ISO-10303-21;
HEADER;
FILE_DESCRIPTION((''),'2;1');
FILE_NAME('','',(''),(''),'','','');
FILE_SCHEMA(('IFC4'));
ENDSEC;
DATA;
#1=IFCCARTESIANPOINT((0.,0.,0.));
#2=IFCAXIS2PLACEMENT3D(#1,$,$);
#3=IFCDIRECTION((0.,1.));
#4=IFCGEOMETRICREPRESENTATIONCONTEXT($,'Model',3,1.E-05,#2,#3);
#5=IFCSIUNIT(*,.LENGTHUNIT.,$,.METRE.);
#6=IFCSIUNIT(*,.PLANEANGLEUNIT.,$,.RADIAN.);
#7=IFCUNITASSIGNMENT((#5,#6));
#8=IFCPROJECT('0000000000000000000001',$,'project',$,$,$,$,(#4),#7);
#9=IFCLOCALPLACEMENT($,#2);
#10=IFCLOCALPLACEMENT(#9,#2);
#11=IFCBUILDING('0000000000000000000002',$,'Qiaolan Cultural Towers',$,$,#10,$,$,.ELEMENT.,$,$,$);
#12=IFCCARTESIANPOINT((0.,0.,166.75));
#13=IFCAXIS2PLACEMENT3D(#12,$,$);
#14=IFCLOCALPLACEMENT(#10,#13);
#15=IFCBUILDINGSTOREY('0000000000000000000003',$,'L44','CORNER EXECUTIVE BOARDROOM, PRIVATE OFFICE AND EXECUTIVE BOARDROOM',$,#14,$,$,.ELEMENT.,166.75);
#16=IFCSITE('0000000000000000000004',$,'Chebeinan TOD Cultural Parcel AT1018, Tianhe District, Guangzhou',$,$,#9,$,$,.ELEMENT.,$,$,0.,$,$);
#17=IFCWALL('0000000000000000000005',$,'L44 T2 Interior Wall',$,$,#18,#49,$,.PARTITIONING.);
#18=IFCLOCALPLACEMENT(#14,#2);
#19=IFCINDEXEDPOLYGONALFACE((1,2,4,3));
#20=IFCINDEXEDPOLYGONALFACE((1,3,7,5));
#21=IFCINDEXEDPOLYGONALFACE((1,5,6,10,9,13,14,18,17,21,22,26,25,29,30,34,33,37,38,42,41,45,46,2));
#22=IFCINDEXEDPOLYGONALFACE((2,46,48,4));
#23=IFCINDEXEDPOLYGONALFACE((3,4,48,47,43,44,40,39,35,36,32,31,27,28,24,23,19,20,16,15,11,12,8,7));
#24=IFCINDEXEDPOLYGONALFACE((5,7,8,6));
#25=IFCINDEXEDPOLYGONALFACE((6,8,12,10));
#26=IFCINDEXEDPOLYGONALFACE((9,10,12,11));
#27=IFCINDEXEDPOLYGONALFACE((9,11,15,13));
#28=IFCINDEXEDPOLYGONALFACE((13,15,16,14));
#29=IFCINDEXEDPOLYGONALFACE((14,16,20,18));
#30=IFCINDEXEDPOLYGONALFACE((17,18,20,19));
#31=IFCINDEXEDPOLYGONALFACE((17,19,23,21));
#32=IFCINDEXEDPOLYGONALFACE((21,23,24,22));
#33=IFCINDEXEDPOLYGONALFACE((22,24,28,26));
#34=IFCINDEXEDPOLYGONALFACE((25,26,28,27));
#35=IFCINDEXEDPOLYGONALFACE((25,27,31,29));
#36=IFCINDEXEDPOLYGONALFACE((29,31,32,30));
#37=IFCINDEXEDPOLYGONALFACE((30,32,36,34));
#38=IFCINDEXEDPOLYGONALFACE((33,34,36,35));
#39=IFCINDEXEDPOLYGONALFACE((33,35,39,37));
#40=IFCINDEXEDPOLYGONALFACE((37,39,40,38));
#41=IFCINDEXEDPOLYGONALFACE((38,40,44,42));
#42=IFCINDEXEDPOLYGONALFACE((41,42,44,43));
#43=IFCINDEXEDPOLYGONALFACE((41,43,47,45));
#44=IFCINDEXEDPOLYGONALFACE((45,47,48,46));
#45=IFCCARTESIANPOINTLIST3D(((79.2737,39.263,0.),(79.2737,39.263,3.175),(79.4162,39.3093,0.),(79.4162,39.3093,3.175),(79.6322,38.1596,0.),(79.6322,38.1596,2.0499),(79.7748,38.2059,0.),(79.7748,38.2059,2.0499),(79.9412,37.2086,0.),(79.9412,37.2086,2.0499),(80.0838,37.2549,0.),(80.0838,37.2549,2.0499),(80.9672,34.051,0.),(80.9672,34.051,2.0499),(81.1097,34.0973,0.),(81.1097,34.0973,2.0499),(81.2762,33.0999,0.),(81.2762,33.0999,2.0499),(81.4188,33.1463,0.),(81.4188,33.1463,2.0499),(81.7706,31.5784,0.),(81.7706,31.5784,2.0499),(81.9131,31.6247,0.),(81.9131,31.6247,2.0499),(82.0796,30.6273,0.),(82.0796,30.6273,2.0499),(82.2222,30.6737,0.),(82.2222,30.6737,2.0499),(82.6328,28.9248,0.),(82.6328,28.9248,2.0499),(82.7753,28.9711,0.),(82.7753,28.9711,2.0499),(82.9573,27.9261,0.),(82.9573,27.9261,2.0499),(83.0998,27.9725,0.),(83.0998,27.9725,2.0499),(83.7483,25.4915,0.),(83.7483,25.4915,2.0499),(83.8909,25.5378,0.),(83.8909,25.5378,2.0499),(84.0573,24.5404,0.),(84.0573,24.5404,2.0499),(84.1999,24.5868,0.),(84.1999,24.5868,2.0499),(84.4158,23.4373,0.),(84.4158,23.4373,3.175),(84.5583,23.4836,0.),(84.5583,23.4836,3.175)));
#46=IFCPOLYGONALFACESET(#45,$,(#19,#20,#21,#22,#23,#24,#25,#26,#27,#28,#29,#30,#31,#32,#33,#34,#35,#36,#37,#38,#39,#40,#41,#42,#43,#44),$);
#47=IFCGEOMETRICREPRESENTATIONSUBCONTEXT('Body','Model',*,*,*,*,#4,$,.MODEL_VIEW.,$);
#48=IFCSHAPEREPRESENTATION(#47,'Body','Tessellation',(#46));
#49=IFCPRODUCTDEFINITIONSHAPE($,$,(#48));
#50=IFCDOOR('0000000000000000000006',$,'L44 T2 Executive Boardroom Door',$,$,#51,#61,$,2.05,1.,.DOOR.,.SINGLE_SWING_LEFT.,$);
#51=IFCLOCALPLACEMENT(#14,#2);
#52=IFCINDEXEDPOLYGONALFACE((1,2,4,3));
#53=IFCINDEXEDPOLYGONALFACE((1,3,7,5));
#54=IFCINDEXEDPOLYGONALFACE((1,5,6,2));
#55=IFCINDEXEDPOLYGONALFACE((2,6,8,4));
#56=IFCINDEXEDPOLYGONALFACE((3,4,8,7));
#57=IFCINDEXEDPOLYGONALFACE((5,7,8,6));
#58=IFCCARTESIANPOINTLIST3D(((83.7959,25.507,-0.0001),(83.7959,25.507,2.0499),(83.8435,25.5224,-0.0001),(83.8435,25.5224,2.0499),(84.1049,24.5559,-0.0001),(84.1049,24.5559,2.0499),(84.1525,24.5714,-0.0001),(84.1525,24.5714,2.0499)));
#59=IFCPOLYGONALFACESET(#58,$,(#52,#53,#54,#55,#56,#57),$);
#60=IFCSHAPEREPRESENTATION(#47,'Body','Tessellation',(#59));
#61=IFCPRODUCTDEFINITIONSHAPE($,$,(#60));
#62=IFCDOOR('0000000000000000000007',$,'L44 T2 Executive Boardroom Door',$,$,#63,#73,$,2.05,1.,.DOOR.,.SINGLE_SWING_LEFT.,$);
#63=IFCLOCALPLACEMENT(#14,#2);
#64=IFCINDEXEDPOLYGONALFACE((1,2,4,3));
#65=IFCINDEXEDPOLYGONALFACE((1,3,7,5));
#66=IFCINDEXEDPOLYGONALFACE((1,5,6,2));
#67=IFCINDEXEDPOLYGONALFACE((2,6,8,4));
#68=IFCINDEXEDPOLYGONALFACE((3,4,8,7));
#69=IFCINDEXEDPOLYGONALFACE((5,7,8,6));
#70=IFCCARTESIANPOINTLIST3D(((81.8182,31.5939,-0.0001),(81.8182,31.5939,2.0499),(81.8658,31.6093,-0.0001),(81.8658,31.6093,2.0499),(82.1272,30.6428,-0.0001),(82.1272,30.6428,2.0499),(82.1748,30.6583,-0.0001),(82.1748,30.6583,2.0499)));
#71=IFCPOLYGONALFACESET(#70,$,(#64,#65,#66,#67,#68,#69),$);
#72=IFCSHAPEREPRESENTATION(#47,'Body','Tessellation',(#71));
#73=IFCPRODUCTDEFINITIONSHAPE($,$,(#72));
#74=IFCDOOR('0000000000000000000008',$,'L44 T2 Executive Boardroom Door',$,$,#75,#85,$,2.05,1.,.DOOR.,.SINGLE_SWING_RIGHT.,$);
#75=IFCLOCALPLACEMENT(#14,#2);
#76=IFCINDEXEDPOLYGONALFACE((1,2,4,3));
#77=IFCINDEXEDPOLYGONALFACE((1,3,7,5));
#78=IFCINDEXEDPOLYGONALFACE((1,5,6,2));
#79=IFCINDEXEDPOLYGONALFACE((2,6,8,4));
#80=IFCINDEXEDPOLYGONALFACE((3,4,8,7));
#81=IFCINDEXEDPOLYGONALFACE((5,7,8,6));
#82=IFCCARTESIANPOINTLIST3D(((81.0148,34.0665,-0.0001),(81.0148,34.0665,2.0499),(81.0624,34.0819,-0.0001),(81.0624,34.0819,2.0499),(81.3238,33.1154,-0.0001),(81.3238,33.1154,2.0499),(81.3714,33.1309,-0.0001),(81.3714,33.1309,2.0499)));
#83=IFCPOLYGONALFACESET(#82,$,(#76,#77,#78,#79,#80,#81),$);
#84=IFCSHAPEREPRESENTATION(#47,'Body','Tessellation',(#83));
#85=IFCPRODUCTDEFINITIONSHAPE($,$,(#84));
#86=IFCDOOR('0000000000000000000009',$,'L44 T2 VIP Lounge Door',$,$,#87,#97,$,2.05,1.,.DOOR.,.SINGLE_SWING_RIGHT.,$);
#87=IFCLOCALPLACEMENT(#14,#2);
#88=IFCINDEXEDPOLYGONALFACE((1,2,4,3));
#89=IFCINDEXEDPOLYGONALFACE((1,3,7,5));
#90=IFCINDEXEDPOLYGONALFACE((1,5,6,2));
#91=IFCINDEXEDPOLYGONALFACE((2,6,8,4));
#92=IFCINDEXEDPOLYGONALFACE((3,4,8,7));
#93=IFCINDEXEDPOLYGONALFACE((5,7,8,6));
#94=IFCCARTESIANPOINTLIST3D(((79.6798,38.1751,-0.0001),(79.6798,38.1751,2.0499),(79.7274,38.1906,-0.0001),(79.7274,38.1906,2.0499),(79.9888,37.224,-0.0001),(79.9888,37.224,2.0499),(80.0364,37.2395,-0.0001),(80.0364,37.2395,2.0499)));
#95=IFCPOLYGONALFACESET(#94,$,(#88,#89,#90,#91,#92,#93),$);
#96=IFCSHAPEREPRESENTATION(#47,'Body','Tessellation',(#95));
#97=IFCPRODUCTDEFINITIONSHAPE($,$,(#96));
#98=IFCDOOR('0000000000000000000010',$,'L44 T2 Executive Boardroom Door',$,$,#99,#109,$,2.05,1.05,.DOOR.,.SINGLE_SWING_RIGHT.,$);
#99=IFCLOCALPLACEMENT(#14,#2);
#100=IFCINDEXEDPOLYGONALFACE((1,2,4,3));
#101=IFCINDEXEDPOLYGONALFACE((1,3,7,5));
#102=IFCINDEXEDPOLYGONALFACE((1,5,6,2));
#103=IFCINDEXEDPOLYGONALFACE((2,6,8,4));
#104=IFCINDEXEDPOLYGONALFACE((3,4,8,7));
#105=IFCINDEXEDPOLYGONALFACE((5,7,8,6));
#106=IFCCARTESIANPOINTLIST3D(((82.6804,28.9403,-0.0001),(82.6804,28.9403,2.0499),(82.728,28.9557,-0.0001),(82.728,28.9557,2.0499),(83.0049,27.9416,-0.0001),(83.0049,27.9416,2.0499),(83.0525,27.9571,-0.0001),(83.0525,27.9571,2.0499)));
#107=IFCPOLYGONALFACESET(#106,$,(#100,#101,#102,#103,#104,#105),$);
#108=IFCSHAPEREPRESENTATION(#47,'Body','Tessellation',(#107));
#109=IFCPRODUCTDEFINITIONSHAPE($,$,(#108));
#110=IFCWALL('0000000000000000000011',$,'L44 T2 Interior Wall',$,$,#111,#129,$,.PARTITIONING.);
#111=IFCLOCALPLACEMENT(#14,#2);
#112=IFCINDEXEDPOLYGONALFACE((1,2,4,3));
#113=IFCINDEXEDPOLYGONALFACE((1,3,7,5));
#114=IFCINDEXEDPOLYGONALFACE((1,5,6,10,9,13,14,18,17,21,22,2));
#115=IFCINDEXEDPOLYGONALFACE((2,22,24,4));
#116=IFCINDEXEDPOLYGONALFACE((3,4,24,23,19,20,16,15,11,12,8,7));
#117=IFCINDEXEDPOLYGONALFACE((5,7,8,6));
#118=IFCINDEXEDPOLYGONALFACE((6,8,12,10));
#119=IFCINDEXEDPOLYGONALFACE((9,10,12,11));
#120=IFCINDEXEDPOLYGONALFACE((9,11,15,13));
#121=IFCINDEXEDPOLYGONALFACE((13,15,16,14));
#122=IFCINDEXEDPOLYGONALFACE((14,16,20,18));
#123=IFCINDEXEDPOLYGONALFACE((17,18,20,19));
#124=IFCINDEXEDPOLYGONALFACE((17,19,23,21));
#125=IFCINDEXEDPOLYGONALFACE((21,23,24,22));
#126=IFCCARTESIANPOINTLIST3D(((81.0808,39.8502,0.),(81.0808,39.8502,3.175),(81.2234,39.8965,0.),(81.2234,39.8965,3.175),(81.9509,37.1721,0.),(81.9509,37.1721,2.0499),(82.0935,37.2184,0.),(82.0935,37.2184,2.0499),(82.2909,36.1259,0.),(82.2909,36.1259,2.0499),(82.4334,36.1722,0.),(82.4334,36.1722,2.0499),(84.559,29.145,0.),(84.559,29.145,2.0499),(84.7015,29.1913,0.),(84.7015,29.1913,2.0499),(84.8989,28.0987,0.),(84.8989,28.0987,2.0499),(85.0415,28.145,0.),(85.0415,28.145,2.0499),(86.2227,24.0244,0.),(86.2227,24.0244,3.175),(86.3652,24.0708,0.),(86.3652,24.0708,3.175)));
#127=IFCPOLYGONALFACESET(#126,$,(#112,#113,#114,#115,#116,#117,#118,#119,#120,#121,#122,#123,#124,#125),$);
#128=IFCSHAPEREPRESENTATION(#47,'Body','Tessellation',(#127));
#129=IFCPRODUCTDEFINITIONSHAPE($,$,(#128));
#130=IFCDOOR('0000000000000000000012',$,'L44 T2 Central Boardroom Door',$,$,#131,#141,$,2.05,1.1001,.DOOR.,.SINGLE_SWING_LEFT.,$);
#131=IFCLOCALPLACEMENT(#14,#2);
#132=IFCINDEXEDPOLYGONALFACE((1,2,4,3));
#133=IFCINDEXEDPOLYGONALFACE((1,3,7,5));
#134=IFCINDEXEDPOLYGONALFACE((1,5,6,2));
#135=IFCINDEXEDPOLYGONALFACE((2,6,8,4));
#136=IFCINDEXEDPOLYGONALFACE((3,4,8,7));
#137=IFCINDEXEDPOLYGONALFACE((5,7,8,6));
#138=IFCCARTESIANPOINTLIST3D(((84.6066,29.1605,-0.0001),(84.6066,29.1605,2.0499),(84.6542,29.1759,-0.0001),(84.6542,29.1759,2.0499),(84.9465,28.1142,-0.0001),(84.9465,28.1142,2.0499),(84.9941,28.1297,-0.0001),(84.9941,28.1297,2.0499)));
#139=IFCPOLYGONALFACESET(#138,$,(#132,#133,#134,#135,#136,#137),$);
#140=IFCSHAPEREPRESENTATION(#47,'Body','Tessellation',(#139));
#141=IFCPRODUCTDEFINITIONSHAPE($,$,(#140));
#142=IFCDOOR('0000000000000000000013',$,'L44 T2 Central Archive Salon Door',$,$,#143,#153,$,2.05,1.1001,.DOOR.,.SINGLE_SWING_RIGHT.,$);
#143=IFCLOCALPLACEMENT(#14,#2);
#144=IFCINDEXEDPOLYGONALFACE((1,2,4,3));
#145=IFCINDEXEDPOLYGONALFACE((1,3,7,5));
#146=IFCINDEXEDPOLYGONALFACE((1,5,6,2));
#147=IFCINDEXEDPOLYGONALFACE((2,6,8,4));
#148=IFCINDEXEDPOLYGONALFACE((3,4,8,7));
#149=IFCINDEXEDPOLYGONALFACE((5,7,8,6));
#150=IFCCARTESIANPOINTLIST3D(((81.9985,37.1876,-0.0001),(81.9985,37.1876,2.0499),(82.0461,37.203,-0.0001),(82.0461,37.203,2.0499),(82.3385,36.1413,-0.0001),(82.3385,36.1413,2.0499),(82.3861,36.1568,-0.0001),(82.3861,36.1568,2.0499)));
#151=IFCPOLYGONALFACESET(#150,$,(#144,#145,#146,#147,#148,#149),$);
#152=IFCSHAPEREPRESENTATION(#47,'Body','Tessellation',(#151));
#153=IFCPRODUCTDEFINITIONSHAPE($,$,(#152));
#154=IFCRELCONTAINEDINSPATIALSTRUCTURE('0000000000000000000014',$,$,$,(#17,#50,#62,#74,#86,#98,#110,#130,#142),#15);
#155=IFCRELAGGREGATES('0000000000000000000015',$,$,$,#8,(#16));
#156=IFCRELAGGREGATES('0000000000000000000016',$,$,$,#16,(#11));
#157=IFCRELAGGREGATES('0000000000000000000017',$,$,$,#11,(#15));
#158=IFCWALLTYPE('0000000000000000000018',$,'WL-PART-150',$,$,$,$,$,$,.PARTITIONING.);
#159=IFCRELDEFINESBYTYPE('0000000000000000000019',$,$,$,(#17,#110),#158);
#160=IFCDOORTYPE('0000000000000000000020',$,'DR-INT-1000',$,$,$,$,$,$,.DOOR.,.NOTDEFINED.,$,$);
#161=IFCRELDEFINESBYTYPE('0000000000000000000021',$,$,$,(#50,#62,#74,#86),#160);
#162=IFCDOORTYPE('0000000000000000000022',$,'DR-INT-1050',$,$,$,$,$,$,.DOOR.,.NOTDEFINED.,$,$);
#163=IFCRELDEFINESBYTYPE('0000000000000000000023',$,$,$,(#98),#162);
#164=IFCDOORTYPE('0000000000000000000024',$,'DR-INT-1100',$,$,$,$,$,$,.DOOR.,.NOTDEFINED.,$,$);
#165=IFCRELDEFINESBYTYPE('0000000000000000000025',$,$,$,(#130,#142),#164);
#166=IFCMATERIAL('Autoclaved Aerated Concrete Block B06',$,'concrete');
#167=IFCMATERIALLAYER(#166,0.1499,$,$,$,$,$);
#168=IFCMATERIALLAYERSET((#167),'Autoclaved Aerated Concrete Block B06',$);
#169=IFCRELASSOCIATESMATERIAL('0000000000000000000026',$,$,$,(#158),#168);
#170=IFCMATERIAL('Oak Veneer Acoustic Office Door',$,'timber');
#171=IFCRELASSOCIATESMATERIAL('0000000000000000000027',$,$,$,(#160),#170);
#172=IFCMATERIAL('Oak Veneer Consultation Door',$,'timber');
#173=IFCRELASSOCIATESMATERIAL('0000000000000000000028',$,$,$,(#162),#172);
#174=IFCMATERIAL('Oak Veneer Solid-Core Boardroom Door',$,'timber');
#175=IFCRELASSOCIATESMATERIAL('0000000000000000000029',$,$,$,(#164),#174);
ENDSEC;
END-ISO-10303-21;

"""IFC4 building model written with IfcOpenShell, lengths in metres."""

from ifc_helpers import new_model, si_unit, direction, frame, frame_2d, origin, place, context, subcontext, project, spatial, rectangle, extrude, material, layer, layer_set, type_object, element, fill, save


model = new_model("IFC4")

# Units and contexts
model_context = context("Model", 3, precision=1e-05, world=origin(), true_north=direction((0.0, 1.0)))
body_context = subcontext(model_context, "Body", "Model", "MODEL_VIEW")
ifc_project = project(units=[si_unit("LENGTHUNIT", "METRE"), si_unit("PLANEANGLEUNIT", "RADIAN")], contexts=[model_context])

# Site, building, storey
site_placement = place(None, origin())
site = spatial("IfcSite", under=ifc_project, at=site_placement, Name="Chebeinan TOD Cultural Parcel AT1018, Tianhe District, Guangzhou", CompositionType="ELEMENT", RefElevation=0.0)
building_placement = place(site_placement, origin())
building = spatial("IfcBuilding", under=site, at=building_placement, Name="Qiaolan Cultural Towers", CompositionType="ELEMENT")
storey_placement = place(building_placement, frame((0.0, 0.0, 166.75)))
storey = spatial("IfcBuildingStorey", under=building, at=storey_placement, Name="L44", Description="CORNER EXECUTIVE BOARDROOM, PRIVATE OFFICE AND EXECUTIVE BOARDROOM", CompositionType="ELEMENT", Elevation=166.75)

# Shared definitions
ifc_material_1 = material(Name="Autoclaved Aerated Concrete Block B06", Category="concrete")
ifc_layer_1 = layer(ifc_material_1, 0.1499)
ifc_layer_set_1 = layer_set([ifc_layer_1], Name="Autoclaved Aerated Concrete Block B06")
wall_type_1 = type_object("IfcWallType", Name="WL-PART-150", PredefinedType="PARTITIONING", material=ifc_layer_set_1)

# Shared definitions
ifc_material_2 = material(Name="Oak Veneer Acoustic Office Door", Category="timber")
door_type_1 = type_object("IfcDoorType", Name="DR-INT-1000", OperationType="NOTDEFINED", PredefinedType="DOOR", material=ifc_material_2)

# Walls, openings, doors
wall_1_placement = place(storey_placement, frame((84.4871, 23.4604, 0.0), z_axis=(0.0, 0.0, 1.0), x_axis=(-0.309018, 0.951056, 0.0)))
wall_1 = element("IfcWall", 1, at=wall_1_placement, inside=storey, type_object=wall_type_1, Name="L44 T2 Interior Wall", PredefinedType="PARTITIONING", context=body_context, shape_type="SweptSolid", body=[
    extrude(rectangle(XDim=16.6401, YDim=0.1499, at=frame_2d((8.3201, 0.0))), origin(), (0.0, 0.0, 1.0), 3.175),
])
opening_1_placement = place(wall_1_placement, frame((1.1599, 0.0, 0.0)))
opening_1 = element("IfcOpeningElement", 2, at=opening_1_placement, cuts=wall_1, PredefinedType="OPENING", context=body_context, shape_type="SweptSolid", body=[
    extrude(rectangle(XDim=1.0, YDim=2.05, at=frame_2d((0.5, 1.0249))), frame((0.0, 0.085, 0.0), z_axis=(0.0, -1.0, 0.0), x_axis=(1.0, 0.0, 0.0)), (0.0, 0.0, 1.0), 0.1699),
])
opening_2_placement = place(wall_1_placement, frame((4.72, 0.0, 0.0)))
opening_2 = element("IfcOpeningElement", 3, at=opening_2_placement, cuts=wall_1, PredefinedType="OPENING", context=body_context, shape_type="SweptSolid", body=[
    extrude(rectangle(XDim=1.05, YDim=2.05, at=frame_2d((0.5249, 1.0249))), frame((0.0, 0.085, 0.0), z_axis=(0.0, -1.0, 0.0), x_axis=(1.0, 0.0, 0.0)), (0.0, 0.0, 1.0), 0.1699),
])
opening_3_placement = place(wall_1_placement, frame((7.5601, 0.0, 0.0)))
opening_3 = element("IfcOpeningElement", 4, at=opening_3_placement, cuts=wall_1, PredefinedType="OPENING", context=body_context, shape_type="SweptSolid", body=[
    extrude(rectangle(XDim=1.0, YDim=2.05, at=frame_2d((0.5, 1.0249))), frame((0.0, 0.085, 0.0), z_axis=(0.0, -1.0, 0.0), x_axis=(1.0, 0.0, 0.0)), (0.0, 0.0, 1.0), 0.1699),
])
opening_4_placement = place(wall_1_placement, frame((10.1599, 0.0, 0.0)))
opening_4 = element("IfcOpeningElement", 5, at=opening_4_placement, cuts=wall_1, PredefinedType="OPENING", context=body_context, shape_type="SweptSolid", body=[
    extrude(rectangle(XDim=1.0, YDim=2.05, at=frame_2d((0.5, 1.0249))), frame((0.0, 0.085, 0.0), z_axis=(0.0, -1.0, 0.0), x_axis=(1.0, 0.0, 0.0)), (0.0, 0.0, 1.0), 0.1699),
])
opening_5_placement = place(wall_1_placement, frame((14.48, 0.0, 0.0)))
opening_5 = element("IfcOpeningElement", 6, at=opening_5_placement, cuts=wall_1, PredefinedType="OPENING", context=body_context, shape_type="SweptSolid", body=[
    extrude(rectangle(XDim=1.0, YDim=2.05, at=frame_2d((0.5, 1.0249))), frame((0.0, 0.085, 0.0), z_axis=(0.0, -1.0, 0.0), x_axis=(1.0, 0.0, 0.0)), (0.0, 0.0, 1.0), 0.1699),
])
door_1_placement = place(opening_1_placement, origin())
door_1 = element("IfcDoor", 7, at=door_1_placement, inside=storey, type_object=door_type_1, Name="L44 T2 Executive Boardroom Door", OperationType="SINGLE_SWING_LEFT", OverallHeight=2.05, OverallWidth=1.0, PredefinedType="DOOR", context=body_context, shape_type="SweptSolid", body=[
    extrude(rectangle(XDim=1.0, YDim=2.05, at=frame_2d((0.5, 1.0249))), frame((0.0, 0.0249, 0.0), z_axis=(0.0, -1.0, 0.0), x_axis=(1.0, 0.0, 0.0)), (0.0, 0.0, 1.0), 0.05),
])
fill(opening_1, door_1)
door_2_placement = place(opening_3_placement, origin())
door_2 = element("IfcDoor", 8, at=door_2_placement, inside=storey, type_object=door_type_1, Name="L44 T2 Executive Boardroom Door", OperationType="SINGLE_SWING_LEFT", OverallHeight=2.05, OverallWidth=1.0, PredefinedType="DOOR", context=body_context, shape_type="SweptSolid", body=[
    extrude(rectangle(XDim=1.0, YDim=2.05, at=frame_2d((0.5, 1.0249))), frame((0.0, 0.0249, 0.0), z_axis=(0.0, -1.0, 0.0), x_axis=(1.0, 0.0, 0.0)), (0.0, 0.0, 1.0), 0.05),
])
fill(opening_3, door_2)
door_3_placement = place(opening_4_placement, origin())
door_3 = element("IfcDoor", 9, at=door_3_placement, inside=storey, type_object=door_type_1, Name="L44 T2 Executive Boardroom Door", OperationType="SINGLE_SWING_RIGHT", OverallHeight=2.05, OverallWidth=1.0, PredefinedType="DOOR", context=body_context, shape_type="SweptSolid", body=[
    extrude(rectangle(XDim=1.0, YDim=2.05, at=frame_2d((0.5, 1.0249))), frame((0.0, 0.0249, 0.0), z_axis=(0.0, -1.0, 0.0), x_axis=(1.0, 0.0, 0.0)), (0.0, 0.0, 1.0), 0.05),
])
fill(opening_4, door_3)
door_4_placement = place(opening_5_placement, origin())
door_4 = element("IfcDoor", 10, at=door_4_placement, inside=storey, type_object=door_type_1, Name="L44 T2 VIP Lounge Door", OperationType="SINGLE_SWING_RIGHT", OverallHeight=2.05, OverallWidth=1.0, PredefinedType="DOOR", context=body_context, shape_type="SweptSolid", body=[
    extrude(rectangle(XDim=1.0, YDim=2.05, at=frame_2d((0.5, 1.0249))), frame((0.0, 0.0249, 0.0), z_axis=(0.0, -1.0, 0.0), x_axis=(1.0, 0.0, 0.0)), (0.0, 0.0, 1.0), 0.05),
])
fill(opening_5, door_4)
ifc_material_3 = material(Name="Oak Veneer Consultation Door", Category="timber")
door_type_2 = type_object("IfcDoorType", Name="DR-INT-1050", OperationType="NOTDEFINED", PredefinedType="DOOR", material=ifc_material_3)
door_5_placement = place(opening_2_placement, origin())
door_5 = element("IfcDoor", 11, at=door_5_placement, inside=storey, type_object=door_type_2, Name="L44 T2 Executive Boardroom Door", OperationType="SINGLE_SWING_RIGHT", OverallHeight=2.05, OverallWidth=1.05, PredefinedType="DOOR", context=body_context, shape_type="SweptSolid", body=[
    extrude(rectangle(XDim=1.05, YDim=2.05, at=frame_2d((0.5249, 1.0249))), frame((0.0, 0.0249, 0.0), z_axis=(0.0, -1.0, 0.0), x_axis=(1.0, 0.0, 0.0)), (0.0, 0.0, 1.0), 0.05),
])
fill(opening_2, door_5)
wall_2_placement = place(storey_placement, frame((86.2939, 24.0476, 0.0), z_axis=(0.0, 0.0, 1.0), x_axis=(-0.309004, 0.951061, 0.0)))
wall_2 = element("IfcWall", 12, at=wall_2_placement, inside=storey, type_object=wall_type_1, Name="L44 T2 Interior Wall", PredefinedType="PARTITIONING", context=body_context, shape_type="SweptSolid", body=[
    extrude(rectangle(XDim=16.6401, YDim=0.1499, at=frame_2d((8.3201, 0.0))), origin(), (0.0, 0.0, 1.0), 3.175),
])
opening_6_placement = place(wall_2_placement, frame((4.2839, 0.0, 0.0)))
opening_6 = element("IfcOpeningElement", 13, at=opening_6_placement, cuts=wall_2, PredefinedType="OPENING", context=body_context, shape_type="SweptSolid", body=[
    extrude(rectangle(XDim=1.1001, YDim=2.05, at=frame_2d((0.55, 1.0249))), frame((0.0, 0.085, 0.0), z_axis=(0.0, -1.0, 0.0), x_axis=(1.0, 0.0, 0.0)), (0.0, 0.0, 1.0), 0.1699),
])
opening_7_placement = place(wall_2_placement, frame((12.7241, 0.0, 0.0)))
opening_7 = element("IfcOpeningElement", 14, at=opening_7_placement, cuts=wall_2, PredefinedType="OPENING", context=body_context, shape_type="SweptSolid", body=[
    extrude(rectangle(XDim=1.1001, YDim=2.05, at=frame_2d((0.55, 1.0249))), frame((0.0, 0.085, 0.0), z_axis=(0.0, -1.0, 0.0), x_axis=(1.0, 0.0, 0.0)), (0.0, 0.0, 1.0), 0.1699),
])
ifc_material_4 = material(Name="Oak Veneer Solid-Core Boardroom Door", Category="timber")
door_type_3 = type_object("IfcDoorType", Name="DR-INT-1100", OperationType="NOTDEFINED", PredefinedType="DOOR", material=ifc_material_4)
door_6_placement = place(opening_6_placement, origin())
door_6 = element("IfcDoor", 15, at=door_6_placement, inside=storey, type_object=door_type_3, Name="L44 T2 Central Boardroom Door", OperationType="SINGLE_SWING_LEFT", OverallHeight=2.05, OverallWidth=1.1001, PredefinedType="DOOR", context=body_context, shape_type="SweptSolid", body=[
    extrude(rectangle(XDim=1.1001, YDim=2.05, at=frame_2d((0.55, 1.0249))), frame((0.0, 0.0249, 0.0), z_axis=(0.0, -1.0, 0.0), x_axis=(1.0, 0.0, 0.0)), (0.0, 0.0, 1.0), 0.05),
])
fill(opening_6, door_6)
door_7_placement = place(opening_7_placement, origin())
door_7 = element("IfcDoor", 16, at=door_7_placement, inside=storey, type_object=door_type_3, Name="L44 T2 Central Archive Salon Door", OperationType="SINGLE_SWING_RIGHT", OverallHeight=2.05, OverallWidth=1.1001, PredefinedType="DOOR", context=body_context, shape_type="SweptSolid", body=[
    extrude(rectangle(XDim=1.1001, YDim=2.05, at=frame_2d((0.55, 1.0249))), frame((0.0, 0.0249, 0.0), z_axis=(0.0, -1.0, 0.0), x_axis=(1.0, 0.0, 0.0)), (0.0, 0.0, 1.0), 0.05),
])
fill(opening_7, door_7)

save(model, "model.ifc")
